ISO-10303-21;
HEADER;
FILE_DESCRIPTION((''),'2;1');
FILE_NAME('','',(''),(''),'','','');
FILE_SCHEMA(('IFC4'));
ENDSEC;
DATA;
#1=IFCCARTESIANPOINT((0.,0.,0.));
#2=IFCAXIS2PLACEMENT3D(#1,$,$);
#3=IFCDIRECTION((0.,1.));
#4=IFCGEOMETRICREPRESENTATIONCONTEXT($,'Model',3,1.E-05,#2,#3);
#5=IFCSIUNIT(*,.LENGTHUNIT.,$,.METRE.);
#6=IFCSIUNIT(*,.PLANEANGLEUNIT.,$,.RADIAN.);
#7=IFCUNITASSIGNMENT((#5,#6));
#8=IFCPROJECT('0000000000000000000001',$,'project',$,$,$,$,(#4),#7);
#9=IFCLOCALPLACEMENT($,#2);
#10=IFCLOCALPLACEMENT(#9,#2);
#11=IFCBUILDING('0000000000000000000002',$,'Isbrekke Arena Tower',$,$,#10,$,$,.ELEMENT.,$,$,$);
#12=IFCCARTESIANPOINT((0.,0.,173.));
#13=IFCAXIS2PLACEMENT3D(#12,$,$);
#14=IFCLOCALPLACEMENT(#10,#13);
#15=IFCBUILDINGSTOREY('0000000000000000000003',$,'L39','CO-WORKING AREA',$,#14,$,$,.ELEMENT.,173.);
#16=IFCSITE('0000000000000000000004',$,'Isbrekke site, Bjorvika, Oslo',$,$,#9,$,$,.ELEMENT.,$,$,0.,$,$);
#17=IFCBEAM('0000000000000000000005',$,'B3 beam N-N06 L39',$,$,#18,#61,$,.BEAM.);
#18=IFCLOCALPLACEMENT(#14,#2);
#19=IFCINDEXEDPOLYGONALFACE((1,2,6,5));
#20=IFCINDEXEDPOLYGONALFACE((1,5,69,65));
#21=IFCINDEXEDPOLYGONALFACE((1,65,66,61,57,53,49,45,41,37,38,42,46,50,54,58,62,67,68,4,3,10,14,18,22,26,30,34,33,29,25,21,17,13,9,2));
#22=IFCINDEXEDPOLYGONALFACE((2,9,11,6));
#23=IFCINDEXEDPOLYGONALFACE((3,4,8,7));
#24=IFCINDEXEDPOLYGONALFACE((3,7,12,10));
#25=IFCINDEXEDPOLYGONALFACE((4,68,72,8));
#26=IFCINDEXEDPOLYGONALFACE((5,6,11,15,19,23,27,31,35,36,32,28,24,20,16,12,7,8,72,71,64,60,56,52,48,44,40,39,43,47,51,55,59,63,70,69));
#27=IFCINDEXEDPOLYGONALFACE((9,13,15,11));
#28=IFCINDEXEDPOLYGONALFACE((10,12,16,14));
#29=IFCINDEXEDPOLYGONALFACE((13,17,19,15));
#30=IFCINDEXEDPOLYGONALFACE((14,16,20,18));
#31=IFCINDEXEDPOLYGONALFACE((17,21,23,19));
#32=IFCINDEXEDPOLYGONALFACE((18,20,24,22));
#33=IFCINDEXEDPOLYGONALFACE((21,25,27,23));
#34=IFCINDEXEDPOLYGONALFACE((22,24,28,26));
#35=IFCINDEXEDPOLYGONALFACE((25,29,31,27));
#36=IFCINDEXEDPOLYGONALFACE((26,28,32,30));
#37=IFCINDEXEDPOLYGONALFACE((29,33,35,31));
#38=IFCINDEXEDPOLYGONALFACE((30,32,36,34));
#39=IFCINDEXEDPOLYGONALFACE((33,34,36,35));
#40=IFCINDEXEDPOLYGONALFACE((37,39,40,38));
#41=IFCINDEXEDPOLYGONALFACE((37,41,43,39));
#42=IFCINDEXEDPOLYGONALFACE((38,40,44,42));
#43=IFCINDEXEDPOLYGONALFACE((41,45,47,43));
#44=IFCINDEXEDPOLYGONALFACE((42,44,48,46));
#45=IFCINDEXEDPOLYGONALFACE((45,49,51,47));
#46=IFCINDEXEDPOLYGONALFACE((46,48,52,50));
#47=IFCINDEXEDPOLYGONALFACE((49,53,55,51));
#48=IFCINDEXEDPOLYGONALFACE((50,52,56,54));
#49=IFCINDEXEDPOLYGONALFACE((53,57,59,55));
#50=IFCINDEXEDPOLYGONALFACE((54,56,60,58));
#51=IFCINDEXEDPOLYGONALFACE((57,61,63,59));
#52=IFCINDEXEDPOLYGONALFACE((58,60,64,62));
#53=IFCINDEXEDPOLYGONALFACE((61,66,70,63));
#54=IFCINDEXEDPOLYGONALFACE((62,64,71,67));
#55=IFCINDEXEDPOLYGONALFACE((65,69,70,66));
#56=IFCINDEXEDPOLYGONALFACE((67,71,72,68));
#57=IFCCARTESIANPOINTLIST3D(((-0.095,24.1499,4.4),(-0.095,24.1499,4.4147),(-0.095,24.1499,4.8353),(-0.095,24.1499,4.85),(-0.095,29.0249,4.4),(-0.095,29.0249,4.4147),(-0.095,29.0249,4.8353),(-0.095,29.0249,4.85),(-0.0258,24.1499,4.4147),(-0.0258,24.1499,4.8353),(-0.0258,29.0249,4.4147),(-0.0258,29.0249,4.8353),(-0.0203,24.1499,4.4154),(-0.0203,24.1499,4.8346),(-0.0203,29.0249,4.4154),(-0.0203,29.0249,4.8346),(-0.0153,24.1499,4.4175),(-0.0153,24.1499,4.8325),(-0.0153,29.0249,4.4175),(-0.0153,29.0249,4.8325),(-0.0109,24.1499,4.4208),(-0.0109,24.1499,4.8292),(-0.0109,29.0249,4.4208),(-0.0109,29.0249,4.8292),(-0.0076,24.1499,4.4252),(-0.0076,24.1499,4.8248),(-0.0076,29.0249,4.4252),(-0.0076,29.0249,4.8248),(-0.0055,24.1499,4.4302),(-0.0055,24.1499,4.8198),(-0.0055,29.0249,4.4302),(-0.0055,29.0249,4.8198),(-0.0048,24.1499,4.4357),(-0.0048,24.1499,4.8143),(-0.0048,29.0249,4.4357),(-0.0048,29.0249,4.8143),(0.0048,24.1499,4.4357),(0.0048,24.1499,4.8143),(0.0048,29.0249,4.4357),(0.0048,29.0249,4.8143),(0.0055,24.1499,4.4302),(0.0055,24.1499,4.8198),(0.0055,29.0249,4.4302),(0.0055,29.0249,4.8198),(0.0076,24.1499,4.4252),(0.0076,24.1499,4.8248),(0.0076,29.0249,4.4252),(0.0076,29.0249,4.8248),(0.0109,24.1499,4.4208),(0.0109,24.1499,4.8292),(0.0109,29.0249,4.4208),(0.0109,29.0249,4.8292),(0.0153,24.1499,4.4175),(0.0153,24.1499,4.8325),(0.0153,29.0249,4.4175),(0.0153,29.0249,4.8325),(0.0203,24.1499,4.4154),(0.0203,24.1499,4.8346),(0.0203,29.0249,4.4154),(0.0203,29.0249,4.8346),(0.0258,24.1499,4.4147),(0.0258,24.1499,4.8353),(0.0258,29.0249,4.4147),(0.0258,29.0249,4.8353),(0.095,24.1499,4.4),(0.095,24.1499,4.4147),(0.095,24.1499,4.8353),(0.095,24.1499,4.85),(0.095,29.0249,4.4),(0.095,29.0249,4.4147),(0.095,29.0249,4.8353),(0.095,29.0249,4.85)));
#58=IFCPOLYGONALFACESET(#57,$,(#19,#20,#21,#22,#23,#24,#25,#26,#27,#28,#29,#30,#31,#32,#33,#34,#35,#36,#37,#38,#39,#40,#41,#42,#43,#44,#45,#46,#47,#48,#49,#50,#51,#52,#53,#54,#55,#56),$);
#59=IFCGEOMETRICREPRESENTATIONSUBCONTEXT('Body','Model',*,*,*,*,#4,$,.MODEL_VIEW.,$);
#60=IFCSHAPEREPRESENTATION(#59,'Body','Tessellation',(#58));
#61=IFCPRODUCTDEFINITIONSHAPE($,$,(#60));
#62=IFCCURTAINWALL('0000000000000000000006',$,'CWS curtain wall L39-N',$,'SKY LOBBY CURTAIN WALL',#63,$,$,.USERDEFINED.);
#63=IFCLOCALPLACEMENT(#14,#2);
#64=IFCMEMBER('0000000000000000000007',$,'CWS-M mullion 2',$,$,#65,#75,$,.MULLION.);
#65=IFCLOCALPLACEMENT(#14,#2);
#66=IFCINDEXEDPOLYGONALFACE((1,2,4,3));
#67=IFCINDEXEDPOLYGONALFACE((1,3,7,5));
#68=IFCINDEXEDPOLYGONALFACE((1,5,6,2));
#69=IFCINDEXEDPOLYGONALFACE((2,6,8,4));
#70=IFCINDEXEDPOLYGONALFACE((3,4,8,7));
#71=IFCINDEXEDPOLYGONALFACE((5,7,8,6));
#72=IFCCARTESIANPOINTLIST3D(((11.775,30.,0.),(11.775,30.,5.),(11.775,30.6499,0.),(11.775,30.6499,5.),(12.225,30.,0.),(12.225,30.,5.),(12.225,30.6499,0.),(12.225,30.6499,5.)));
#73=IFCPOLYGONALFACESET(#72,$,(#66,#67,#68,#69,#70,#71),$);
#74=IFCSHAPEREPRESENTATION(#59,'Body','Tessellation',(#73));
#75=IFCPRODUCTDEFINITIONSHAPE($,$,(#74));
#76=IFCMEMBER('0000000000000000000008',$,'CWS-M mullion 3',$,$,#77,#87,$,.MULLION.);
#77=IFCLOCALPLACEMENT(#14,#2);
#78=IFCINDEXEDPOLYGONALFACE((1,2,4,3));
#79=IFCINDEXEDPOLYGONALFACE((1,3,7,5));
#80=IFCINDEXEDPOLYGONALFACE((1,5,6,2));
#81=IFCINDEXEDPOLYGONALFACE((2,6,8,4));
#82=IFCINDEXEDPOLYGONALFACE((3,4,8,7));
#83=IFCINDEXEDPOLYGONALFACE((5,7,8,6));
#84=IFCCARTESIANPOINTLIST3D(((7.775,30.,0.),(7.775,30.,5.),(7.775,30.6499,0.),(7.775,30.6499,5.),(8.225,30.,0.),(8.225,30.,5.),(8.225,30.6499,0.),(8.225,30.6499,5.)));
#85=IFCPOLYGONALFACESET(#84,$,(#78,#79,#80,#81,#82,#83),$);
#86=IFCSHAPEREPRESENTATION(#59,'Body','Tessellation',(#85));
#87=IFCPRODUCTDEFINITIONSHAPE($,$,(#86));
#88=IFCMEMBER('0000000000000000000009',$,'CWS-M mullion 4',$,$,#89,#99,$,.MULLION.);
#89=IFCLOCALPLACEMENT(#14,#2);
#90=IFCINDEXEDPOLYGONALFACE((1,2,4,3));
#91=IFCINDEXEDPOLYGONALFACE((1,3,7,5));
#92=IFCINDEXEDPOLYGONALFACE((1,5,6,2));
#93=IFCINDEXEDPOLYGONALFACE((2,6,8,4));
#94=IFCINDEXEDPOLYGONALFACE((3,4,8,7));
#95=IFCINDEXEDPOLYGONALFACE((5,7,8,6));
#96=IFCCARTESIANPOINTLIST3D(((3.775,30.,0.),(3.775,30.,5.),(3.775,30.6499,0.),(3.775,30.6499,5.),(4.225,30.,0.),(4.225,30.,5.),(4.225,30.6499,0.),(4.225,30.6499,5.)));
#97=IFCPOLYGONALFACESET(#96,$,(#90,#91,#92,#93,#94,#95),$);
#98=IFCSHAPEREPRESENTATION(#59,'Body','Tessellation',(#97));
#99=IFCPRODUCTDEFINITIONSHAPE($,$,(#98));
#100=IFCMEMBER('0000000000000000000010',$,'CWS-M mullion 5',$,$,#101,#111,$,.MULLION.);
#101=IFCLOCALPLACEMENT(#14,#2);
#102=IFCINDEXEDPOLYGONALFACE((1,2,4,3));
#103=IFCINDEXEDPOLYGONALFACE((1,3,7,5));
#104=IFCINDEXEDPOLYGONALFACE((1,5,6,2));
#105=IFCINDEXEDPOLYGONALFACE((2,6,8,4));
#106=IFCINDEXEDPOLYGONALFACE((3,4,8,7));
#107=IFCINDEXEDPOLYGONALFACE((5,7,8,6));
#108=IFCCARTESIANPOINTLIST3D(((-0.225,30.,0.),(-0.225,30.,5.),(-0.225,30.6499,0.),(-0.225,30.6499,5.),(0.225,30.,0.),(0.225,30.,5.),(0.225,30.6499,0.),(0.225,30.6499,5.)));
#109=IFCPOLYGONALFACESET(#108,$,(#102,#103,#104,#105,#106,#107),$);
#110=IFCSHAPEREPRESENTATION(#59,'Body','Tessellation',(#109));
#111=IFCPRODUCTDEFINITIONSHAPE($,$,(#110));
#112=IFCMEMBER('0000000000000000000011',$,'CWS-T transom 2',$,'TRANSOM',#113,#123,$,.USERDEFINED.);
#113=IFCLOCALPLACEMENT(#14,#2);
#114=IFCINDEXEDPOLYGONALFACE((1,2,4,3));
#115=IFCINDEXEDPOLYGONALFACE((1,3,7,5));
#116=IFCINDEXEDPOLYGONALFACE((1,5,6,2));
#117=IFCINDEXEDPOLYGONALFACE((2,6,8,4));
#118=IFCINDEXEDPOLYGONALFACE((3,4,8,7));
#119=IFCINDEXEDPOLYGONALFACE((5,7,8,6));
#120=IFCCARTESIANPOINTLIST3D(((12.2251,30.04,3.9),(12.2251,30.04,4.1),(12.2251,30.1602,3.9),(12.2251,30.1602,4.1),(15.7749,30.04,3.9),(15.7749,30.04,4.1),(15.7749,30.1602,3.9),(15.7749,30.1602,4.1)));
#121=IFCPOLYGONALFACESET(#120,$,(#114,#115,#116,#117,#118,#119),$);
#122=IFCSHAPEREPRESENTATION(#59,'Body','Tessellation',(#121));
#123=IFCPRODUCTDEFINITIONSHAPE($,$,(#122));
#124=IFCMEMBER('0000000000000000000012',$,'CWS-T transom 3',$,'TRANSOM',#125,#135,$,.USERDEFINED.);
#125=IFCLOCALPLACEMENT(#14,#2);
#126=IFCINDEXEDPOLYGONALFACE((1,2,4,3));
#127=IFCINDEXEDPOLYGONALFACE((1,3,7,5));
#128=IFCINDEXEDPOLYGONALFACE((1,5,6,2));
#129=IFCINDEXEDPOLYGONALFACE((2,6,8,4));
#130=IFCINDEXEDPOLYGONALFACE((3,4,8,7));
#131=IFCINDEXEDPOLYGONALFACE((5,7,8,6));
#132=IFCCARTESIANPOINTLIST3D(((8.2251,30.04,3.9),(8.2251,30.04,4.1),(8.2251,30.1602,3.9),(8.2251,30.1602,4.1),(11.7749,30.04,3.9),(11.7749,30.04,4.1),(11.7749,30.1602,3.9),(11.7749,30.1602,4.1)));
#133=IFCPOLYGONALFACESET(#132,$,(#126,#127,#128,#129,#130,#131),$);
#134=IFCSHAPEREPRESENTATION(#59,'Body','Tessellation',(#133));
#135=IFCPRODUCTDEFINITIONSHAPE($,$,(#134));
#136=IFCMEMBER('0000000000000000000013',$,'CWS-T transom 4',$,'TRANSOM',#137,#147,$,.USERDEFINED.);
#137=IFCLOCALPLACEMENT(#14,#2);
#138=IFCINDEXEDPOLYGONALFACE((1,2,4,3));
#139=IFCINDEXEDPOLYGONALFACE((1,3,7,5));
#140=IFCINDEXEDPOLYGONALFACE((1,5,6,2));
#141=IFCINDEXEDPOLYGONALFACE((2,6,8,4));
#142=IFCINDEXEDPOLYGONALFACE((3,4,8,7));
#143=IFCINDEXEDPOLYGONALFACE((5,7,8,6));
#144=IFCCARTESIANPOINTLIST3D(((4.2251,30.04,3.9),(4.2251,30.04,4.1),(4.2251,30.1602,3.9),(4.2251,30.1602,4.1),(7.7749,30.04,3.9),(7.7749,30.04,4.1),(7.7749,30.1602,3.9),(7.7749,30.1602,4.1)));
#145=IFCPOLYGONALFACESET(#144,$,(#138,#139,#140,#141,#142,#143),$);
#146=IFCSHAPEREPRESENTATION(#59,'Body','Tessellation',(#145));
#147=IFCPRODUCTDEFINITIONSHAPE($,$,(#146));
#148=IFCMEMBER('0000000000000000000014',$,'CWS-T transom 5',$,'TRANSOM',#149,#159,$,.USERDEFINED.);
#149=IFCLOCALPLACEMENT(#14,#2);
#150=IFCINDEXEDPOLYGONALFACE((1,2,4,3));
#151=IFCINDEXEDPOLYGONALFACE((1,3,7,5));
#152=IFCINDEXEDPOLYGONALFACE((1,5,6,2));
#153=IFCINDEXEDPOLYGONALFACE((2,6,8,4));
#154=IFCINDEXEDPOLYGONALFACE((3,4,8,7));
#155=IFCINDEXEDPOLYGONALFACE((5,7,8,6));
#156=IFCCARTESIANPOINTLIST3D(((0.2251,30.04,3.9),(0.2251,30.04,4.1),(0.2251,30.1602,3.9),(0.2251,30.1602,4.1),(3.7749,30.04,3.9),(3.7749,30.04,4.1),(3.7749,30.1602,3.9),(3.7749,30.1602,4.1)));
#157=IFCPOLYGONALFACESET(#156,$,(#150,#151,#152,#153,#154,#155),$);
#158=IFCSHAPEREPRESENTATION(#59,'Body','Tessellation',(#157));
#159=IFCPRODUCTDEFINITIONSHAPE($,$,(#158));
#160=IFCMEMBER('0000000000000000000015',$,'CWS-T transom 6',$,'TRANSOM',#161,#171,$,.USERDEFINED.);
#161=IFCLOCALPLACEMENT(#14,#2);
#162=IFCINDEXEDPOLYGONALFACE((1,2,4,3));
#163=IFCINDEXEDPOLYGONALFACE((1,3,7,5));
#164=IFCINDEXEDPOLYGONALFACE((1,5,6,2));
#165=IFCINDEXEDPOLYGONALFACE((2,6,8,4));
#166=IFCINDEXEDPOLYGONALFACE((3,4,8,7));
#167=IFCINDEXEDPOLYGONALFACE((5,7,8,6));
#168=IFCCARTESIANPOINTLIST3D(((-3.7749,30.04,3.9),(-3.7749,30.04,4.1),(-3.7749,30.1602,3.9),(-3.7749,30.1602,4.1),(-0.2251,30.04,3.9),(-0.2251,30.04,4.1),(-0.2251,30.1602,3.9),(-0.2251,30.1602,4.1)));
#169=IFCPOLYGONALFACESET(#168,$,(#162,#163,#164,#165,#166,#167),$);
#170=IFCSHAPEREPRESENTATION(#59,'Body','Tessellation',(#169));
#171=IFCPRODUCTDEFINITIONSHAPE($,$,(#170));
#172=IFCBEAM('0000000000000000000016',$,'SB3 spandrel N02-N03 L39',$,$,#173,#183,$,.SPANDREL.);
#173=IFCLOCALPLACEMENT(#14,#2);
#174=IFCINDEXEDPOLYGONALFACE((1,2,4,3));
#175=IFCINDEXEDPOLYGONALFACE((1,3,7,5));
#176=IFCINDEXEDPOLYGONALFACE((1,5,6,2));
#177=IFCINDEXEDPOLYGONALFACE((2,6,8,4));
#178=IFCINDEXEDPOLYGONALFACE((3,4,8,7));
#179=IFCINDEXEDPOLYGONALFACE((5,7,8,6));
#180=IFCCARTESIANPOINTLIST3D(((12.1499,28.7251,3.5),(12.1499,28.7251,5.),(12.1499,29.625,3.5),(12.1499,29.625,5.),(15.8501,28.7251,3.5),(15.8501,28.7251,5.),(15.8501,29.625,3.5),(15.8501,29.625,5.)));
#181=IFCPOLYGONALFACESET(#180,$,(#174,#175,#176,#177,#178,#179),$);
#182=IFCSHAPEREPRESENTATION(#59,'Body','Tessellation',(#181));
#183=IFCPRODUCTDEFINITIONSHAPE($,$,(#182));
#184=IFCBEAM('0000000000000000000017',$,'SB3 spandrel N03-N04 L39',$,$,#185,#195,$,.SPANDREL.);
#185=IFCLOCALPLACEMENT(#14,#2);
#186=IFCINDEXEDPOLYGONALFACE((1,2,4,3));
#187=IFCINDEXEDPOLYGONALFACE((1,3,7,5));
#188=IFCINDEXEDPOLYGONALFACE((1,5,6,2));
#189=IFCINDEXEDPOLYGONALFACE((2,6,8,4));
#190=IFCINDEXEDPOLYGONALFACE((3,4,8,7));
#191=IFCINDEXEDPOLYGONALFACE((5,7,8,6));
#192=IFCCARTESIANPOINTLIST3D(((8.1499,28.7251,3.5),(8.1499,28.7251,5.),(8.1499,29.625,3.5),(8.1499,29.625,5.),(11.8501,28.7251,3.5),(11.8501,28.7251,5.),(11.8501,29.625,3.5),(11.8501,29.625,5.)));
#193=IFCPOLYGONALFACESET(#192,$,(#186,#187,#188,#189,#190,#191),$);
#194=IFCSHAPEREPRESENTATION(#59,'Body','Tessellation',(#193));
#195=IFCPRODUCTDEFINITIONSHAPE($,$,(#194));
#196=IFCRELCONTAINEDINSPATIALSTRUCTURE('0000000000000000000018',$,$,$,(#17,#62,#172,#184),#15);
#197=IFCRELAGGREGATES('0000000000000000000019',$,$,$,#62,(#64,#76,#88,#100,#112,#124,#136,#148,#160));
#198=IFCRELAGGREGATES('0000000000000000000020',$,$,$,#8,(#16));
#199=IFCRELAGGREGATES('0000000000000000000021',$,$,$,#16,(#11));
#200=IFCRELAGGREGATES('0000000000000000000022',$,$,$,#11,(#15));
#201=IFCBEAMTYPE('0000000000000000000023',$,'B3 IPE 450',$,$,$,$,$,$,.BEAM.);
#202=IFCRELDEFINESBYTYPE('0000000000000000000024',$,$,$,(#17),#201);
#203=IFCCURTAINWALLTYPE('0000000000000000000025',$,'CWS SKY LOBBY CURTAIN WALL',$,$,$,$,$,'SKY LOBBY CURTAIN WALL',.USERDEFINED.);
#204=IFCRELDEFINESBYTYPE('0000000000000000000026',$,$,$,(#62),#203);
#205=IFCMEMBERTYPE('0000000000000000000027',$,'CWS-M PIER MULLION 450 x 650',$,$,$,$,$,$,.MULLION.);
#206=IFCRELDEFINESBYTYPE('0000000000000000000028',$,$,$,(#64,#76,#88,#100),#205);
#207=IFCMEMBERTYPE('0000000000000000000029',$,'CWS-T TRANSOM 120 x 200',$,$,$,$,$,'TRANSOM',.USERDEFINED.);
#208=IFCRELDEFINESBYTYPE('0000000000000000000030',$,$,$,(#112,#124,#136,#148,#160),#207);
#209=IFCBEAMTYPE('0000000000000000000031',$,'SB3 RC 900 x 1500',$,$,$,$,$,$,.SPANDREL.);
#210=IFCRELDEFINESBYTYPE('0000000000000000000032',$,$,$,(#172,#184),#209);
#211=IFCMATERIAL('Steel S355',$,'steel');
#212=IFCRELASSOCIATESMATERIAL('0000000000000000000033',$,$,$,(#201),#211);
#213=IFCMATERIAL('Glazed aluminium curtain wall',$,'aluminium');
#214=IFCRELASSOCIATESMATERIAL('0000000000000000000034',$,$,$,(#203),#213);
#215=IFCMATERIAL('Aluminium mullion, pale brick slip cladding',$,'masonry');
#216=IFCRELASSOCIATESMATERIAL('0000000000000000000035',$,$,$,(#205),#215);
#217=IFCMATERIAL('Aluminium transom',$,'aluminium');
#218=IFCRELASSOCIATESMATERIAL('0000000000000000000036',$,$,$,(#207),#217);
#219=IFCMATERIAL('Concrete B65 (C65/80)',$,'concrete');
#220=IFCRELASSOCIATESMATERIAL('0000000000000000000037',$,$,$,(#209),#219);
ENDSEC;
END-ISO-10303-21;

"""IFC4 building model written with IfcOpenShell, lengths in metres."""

from ifc_helpers import new_model, si_unit, direction, frame, origin, origin_2d, place, context, subcontext, project, spatial, rectangle, i_section, extrude, material, material_profile, profile_set, type_object, element, aggregate, save


model = new_model("IFC4")

# Units and contexts
model_context = context("Model", 3, precision=1e-05, world=origin(), true_north=direction((0.0, 1.0)))
body_context = subcontext(model_context, "Body", "Model", "MODEL_VIEW")
ifc_project = project(units=[si_unit("LENGTHUNIT", "METRE"), si_unit("PLANEANGLEUNIT", "RADIAN")], contexts=[model_context])

# Site, building, storey
site_placement = place(None, origin())
site = spatial("IfcSite", under=ifc_project, at=site_placement, Name="Isbrekke site, Bjorvika, Oslo", CompositionType="ELEMENT", RefElevation=0.0)
building_placement = place(site_placement, origin())
building = spatial("IfcBuilding", under=site, at=building_placement, Name="Isbrekke Arena Tower", CompositionType="ELEMENT")
storey_placement = place(building_placement, frame((0.0, 0.0, 173.0)))
storey = spatial("IfcBuildingStorey", under=building, at=storey_placement, Name="L39", Description="CO-WORKING AREA", CompositionType="ELEMENT", Elevation=173.0)

# Beam
ifc_material_1 = material(Name="Steel S355", Category="steel")
ifc_material_profile_1 = material_profile(ifc_material_1, i_section(OverallWidth=0.1899, OverallDepth=0.45, WebThickness=0.0095, FlangeThickness=0.0146, FilletRadius=0.021, at=origin_2d()), Name="IPE 450")
ifc_profile_set_1 = profile_set([ifc_material_profile_1], Name="Steel S355")
beam_type_1 = type_object("IfcBeamType", Name="B3 IPE 450", PredefinedType="BEAM", material=ifc_profile_set_1)
beam_1_placement = place(storey_placement, frame((0.0, 29.0249, 4.625), z_axis=(0.0, -1.0, 0.0), x_axis=(1.0, 0.0, 0.0)))
element("IfcBeam", 1, at=beam_1_placement, inside=storey, type_object=beam_type_1, Name="B3 beam N-N06 L39", PredefinedType="BEAM", context=body_context, shape_type="SweptSolid", body=[
    extrude(i_section(OverallWidth=0.1899, OverallDepth=0.45, WebThickness=0.0095, FlangeThickness=0.0146, FilletRadius=0.021, at=origin_2d()), origin(), (0.0, 0.0, 1.0), 4.875),
])

# Curtain wall, members
ifc_material_2 = material(Name="Glazed aluminium curtain wall", Category="aluminium")
curtain_wall_type = type_object("IfcCurtainWallType", Name="CWS SKY LOBBY CURTAIN WALL", ElementType="SKY LOBBY CURTAIN WALL", PredefinedType="USERDEFINED", material=ifc_material_2)
curtain_wall_placement = place(storey_placement, origin())
curtain_wall = element("IfcCurtainWall", 2, at=curtain_wall_placement, inside=storey, type_object=curtain_wall_type, Name="CWS curtain wall L39-N", ObjectType="SKY LOBBY CURTAIN WALL", PredefinedType="USERDEFINED")
ifc_material_3 = material(Name="Aluminium mullion, pale brick slip cladding", Category="masonry")
ifc_material_profile_2 = material_profile(ifc_material_3, rectangle(XDim=0.45, YDim=0.6499, at=origin_2d()), Name="PIER 450X650")
ifc_profile_set_2 = profile_set([ifc_material_profile_2], Name="Aluminium mullion, pale brick slip cladding")
member_type_1 = type_object("IfcMemberType", Name="CWS-M PIER MULLION 450 x 650", PredefinedType="MULLION", material=ifc_profile_set_2)
member_1_placement = place(storey_placement, frame((12.0, 30.325, 0.0), z_axis=(0.0, 0.0, 1.0), x_axis=(-1.0, 0.0, 0.0)))
member_1 = element("IfcMember", 3, at=member_1_placement, type_object=member_type_1, Name="CWS-M mullion 2", PredefinedType="MULLION", context=body_context, shape_type="SweptSolid", body=[
    extrude(rectangle(XDim=0.45, YDim=0.6499, at=origin_2d()), origin(), (0.0, 0.0, 1.0), 5.0),
])
member_2_placement = place(storey_placement, frame((8.0, 30.325, 0.0), z_axis=(0.0, 0.0, 1.0), x_axis=(-1.0, 0.0, 0.0)))
member_2 = element("IfcMember", 4, at=member_2_placement, type_object=member_type_1, Name="CWS-M mullion 3", PredefinedType="MULLION", context=body_context, shape_type="SweptSolid", body=[
    extrude(rectangle(XDim=0.45, YDim=0.6499, at=origin_2d()), origin(), (0.0, 0.0, 1.0), 5.0),
])
member_3_placement = place(storey_placement, frame((4.0, 30.325, 0.0), z_axis=(0.0, 0.0, 1.0), x_axis=(-1.0, 0.0, 0.0)))
member_3 = element("IfcMember", 5, at=member_3_placement, type_object=member_type_1, Name="CWS-M mullion 4", PredefinedType="MULLION", context=body_context, shape_type="SweptSolid", body=[
    extrude(rectangle(XDim=0.45, YDim=0.6499, at=origin_2d()), origin(), (0.0, 0.0, 1.0), 5.0),
])
member_4_placement = place(storey_placement, frame((0.0, 30.325, 0.0), z_axis=(0.0, 0.0, 1.0), x_axis=(-1.0, 0.0, 0.0)))
member_4 = element("IfcMember", 6, at=member_4_placement, type_object=member_type_1, Name="CWS-M mullion 5", PredefinedType="MULLION", context=body_context, shape_type="SweptSolid", body=[
    extrude(rectangle(XDim=0.45, YDim=0.6499, at=origin_2d()), origin(), (0.0, 0.0, 1.0), 5.0),
])
ifc_material_4 = material(Name="Aluminium transom", Category="aluminium")
ifc_material_profile_3 = material_profile(ifc_material_4, rectangle(XDim=0.1201, YDim=0.2, at=origin_2d()), Name="TRANSOM 120X200")
ifc_profile_set_3 = profile_set([ifc_material_profile_3], Name="Aluminium transom")
member_type_2 = type_object("IfcMemberType", Name="CWS-T TRANSOM 120 x 200", ElementType="TRANSOM", PredefinedType="USERDEFINED", material=ifc_profile_set_3)
member_5_placement = place(storey_placement, frame((15.7749, 30.1001, 4.0), z_axis=(-1.0, 0.0, 0.0), x_axis=(0.0, -1.0, 0.0)))
member_5 = element("IfcMember", 7, at=member_5_placement, type_object=member_type_2, Name="CWS-T transom 2", ObjectType="TRANSOM", PredefinedType="USERDEFINED", context=body_context, shape_type="SweptSolid", body=[
    extrude(rectangle(XDim=0.1201, YDim=0.2, at=origin_2d()), origin(), (0.0, 0.0, 1.0), 3.5498),
])
member_6_placement = place(storey_placement, frame((11.7749, 30.1001, 4.0), z_axis=(-1.0, 0.0, 0.0), x_axis=(0.0, -1.0, 0.0)))
member_6 = element("IfcMember", 8, at=member_6_placement, type_object=member_type_2, Name="CWS-T transom 3", ObjectType="TRANSOM", PredefinedType="USERDEFINED", context=body_context, shape_type="SweptSolid", body=[
    extrude(rectangle(XDim=0.1201, YDim=0.2, at=origin_2d()), origin(), (0.0, 0.0, 1.0), 3.5498),
])
member_7_placement = place(storey_placement, frame((7.7749, 30.1001, 4.0), z_axis=(-1.0, 0.0, 0.0), x_axis=(0.0, -1.0, 0.0)))
member_7 = element("IfcMember", 9, at=member_7_placement, type_object=member_type_2, Name="CWS-T transom 4", ObjectType="TRANSOM", PredefinedType="USERDEFINED", context=body_context, shape_type="SweptSolid", body=[
    extrude(rectangle(XDim=0.1201, YDim=0.2, at=origin_2d()), origin(), (0.0, 0.0, 1.0), 3.5498),
])
member_8_placement = place(storey_placement, frame((3.7749, 30.1001, 4.0), z_axis=(-1.0, 0.0, 0.0), x_axis=(0.0, -1.0, 0.0)))
member_8 = element("IfcMember", 10, at=member_8_placement, type_object=member_type_2, Name="CWS-T transom 5", ObjectType="TRANSOM", PredefinedType="USERDEFINED", context=body_context, shape_type="SweptSolid", body=[
    extrude(rectangle(XDim=0.1201, YDim=0.2, at=origin_2d()), origin(), (0.0, 0.0, 1.0), 3.5498),
])
member_9_placement = place(storey_placement, frame((-0.2251, 30.1001, 4.0), z_axis=(-1.0, 0.0, 0.0), x_axis=(0.0, -1.0, 0.0)))
member_9 = element("IfcMember", 11, at=member_9_placement, type_object=member_type_2, Name="CWS-T transom 6", ObjectType="TRANSOM", PredefinedType="USERDEFINED", context=body_context, shape_type="SweptSolid", body=[
    extrude(rectangle(XDim=0.1201, YDim=0.2, at=origin_2d()), origin(), (0.0, 0.0, 1.0), 3.5498),
])

# Beams
ifc_material_5 = material(Name="Concrete B65 (C65/80)", Category="concrete")
ifc_material_profile_4 = material_profile(ifc_material_5, rectangle(XDim=0.8999, YDim=1.5, at=origin_2d()), Name="RC 900x1500")
ifc_profile_set_4 = profile_set([ifc_material_profile_4], Name="Concrete B65 (C65/80)")
beam_type_2 = type_object("IfcBeamType", Name="SB3 RC 900 x 1500", PredefinedType="SPANDREL", material=ifc_profile_set_4)
for number, where, z_axis, x_axis, name in (
    (12, (15.8501, 29.175, 4.25), (-1.0, 0.0, 0.0), (0.0, -1.0, 0.0), "SB3 spandrel N02-N03 L39"),
    (13, (11.8501, 29.175, 4.25), (-1.0, 0.0, 0.0), (0.0, -1.0, 0.0), "SB3 spandrel N03-N04 L39"),
):
    element("IfcBeam", number, at=place(storey_placement, frame(where, z_axis=z_axis, x_axis=x_axis)), inside=storey, type_object=beam_type_2, Name=name, PredefinedType="SPANDREL", context=body_context, shape_type="SweptSolid", body=[
        extrude(rectangle(XDim=0.8999, YDim=1.5, at=origin_2d()), origin(), (0.0, 0.0, 1.0), 3.7002),
    ])

aggregate(curtain_wall, [member_1, member_2, member_3, member_4, member_5, member_6, member_7, member_8, member_9])

save(model, "model.ifc")
